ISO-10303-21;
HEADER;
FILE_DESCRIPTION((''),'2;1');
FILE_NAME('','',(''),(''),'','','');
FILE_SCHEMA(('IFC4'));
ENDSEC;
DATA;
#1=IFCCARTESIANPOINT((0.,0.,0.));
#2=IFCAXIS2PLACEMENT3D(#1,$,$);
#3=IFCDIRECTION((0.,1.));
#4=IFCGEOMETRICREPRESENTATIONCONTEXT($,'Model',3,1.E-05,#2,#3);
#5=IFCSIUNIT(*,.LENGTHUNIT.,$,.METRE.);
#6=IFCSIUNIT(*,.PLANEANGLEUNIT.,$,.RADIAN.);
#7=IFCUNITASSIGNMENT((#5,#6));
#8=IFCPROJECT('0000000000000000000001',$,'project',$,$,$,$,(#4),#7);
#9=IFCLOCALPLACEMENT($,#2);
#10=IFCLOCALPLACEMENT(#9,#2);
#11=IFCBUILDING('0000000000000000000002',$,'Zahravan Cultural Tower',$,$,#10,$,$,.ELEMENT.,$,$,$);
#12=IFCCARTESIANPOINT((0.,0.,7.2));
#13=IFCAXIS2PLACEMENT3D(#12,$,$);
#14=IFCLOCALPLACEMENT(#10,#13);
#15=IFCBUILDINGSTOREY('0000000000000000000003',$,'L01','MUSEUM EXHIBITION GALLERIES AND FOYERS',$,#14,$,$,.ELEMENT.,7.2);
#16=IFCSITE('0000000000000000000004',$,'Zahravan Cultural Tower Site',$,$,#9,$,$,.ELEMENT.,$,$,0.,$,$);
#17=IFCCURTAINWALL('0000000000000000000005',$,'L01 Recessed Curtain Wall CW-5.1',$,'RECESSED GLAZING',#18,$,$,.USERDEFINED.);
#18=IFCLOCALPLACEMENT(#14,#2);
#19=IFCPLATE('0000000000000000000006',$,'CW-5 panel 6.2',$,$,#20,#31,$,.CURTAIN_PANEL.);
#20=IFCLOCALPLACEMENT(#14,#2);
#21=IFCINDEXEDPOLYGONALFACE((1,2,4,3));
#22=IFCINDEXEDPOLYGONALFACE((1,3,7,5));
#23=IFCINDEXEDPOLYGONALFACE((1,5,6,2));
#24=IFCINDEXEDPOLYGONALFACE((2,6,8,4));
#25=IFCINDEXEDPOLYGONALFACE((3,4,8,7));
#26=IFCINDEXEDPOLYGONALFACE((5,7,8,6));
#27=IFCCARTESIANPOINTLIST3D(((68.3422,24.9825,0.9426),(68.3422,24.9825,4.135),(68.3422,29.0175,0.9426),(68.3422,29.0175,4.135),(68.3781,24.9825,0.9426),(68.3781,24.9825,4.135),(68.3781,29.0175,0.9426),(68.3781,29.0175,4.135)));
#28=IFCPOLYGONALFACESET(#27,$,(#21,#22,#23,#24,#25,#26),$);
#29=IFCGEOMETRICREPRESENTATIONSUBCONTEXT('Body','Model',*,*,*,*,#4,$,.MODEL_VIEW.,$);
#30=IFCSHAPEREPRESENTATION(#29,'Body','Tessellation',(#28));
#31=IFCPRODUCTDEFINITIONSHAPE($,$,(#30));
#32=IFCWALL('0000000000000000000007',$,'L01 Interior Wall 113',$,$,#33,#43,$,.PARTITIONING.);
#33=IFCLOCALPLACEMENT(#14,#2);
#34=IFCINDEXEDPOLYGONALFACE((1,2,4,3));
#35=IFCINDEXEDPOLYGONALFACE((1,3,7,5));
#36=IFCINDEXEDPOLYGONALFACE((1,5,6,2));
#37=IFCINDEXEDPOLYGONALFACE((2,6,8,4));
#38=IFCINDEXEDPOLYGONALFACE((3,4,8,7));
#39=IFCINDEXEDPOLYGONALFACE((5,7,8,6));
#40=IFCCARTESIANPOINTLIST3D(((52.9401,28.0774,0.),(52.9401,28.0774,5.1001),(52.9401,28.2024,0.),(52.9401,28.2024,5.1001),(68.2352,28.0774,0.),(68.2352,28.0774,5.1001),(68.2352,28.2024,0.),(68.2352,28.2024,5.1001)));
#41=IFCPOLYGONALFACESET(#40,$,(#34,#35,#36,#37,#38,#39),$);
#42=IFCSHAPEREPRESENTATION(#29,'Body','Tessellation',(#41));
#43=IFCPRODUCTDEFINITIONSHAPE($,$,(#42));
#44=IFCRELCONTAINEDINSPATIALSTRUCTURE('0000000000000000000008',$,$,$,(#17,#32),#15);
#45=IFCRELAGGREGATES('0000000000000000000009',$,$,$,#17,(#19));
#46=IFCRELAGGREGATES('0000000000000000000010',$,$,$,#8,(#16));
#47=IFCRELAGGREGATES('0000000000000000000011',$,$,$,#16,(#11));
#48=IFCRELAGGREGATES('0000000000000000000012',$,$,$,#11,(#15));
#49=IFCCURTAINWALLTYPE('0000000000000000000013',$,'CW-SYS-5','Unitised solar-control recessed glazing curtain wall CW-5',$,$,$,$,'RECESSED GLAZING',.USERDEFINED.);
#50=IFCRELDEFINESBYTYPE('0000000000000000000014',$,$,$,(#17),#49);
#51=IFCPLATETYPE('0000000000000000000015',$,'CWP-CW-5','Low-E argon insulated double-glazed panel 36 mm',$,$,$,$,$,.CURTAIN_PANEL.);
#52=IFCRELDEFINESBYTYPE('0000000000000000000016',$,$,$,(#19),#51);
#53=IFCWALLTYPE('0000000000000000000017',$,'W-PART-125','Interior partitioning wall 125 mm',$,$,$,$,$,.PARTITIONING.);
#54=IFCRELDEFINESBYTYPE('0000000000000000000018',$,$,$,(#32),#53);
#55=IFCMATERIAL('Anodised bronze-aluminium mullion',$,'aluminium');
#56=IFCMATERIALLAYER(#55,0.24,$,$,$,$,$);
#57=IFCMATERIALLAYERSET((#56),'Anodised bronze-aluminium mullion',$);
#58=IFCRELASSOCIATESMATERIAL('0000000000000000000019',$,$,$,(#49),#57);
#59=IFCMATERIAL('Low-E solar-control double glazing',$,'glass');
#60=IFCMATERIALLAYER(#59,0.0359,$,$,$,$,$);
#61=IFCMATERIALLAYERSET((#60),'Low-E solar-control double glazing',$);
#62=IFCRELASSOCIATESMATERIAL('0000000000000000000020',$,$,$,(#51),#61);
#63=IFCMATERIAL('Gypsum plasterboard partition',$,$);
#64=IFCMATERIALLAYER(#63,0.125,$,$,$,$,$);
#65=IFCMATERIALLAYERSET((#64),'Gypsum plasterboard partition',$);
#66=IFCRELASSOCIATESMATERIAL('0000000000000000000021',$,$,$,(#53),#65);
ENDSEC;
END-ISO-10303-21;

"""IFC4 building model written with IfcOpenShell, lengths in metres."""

from ifc_helpers import new_model, si_unit, direction, frame, frame_2d, origin, origin_2d, place, context, subcontext, project, spatial, rectangle, extrude, source, transform, mapped, material, layer, layer_set, type_object, element, aggregate, save


model = new_model("IFC4")

# Units and contexts
model_context = context("Model", 3, precision=1e-05, world=origin(), true_north=direction((0.0, 1.0)))
body_context = subcontext(model_context, "Body", "Model", "MODEL_VIEW")
ifc_project = project(units=[si_unit("LENGTHUNIT", "METRE"), si_unit("PLANEANGLEUNIT", "RADIAN")], contexts=[model_context])

# Site, building, storey
site_placement = place(None, origin())
site = spatial("IfcSite", under=ifc_project, at=site_placement, Name="Zahravan Cultural Tower Site", CompositionType="ELEMENT", RefElevation=0.0)
building_placement = place(site_placement, origin())
building = spatial("IfcBuilding", under=site, at=building_placement, Name="Zahravan Cultural Tower", CompositionType="ELEMENT")
storey_placement = place(building_placement, frame((0.0, 0.0, 7.2)))
storey = spatial("IfcBuildingStorey", under=building, at=storey_placement, Name="L01", Description="MUSEUM EXHIBITION GALLERIES AND FOYERS", CompositionType="ELEMENT", Elevation=7.2)

# Curtain wall, plate
ifc_material_1 = material(Name="Anodised bronze-aluminium mullion", Category="aluminium")
ifc_layer_1 = layer(ifc_material_1, 0.24)
ifc_layer_set_1 = layer_set([ifc_layer_1], Name="Anodised bronze-aluminium mullion")
curtain_wall_type = type_object("IfcCurtainWallType", Name="CW-SYS-5", Description="Unitised solar-control recessed glazing curtain wall CW-5", ElementType="RECESSED GLAZING", PredefinedType="USERDEFINED", material=ifc_layer_set_1)
curtain_wall_placement = place(storey_placement, origin())
curtain_wall = element("IfcCurtainWall", 1, at=curtain_wall_placement, inside=storey, type_object=curtain_wall_type, Name="L01 Recessed Curtain Wall CW-5.1", ObjectType="RECESSED GLAZING", PredefinedType="USERDEFINED")
ifc_material_2 = material(Name="Low-E solar-control double glazing", Category="glass")
ifc_layer_2 = layer(ifc_material_2, 0.0359)
ifc_layer_set_2 = layer_set([ifc_layer_2], Name="Low-E solar-control double glazing")
plate_type = type_object("IfcPlateType", Name="CWP-CW-5", Description="Low-E argon insulated double-glazed panel 36 mm", PredefinedType="CURTAIN_PANEL", material=ifc_layer_set_2)
shared_shape_1 = source(origin(), body_context, "Body", "SweptSolid", [
    extrude(rectangle(XDim=4.0349, YDim=0.0359, at=origin_2d()), origin(), (0.0, 0.0, 1.0), 3.1924),
])
plate_1_placement = place(storey_placement, frame((68.3601, 27.0, 0.9426), z_axis=(0.0, 0.0, 1.0), x_axis=(0.0, -1.0, 0.0)))
plate_1 = element("IfcPlate", 2, at=plate_1_placement, type_object=plate_type, Name="CW-5 panel 6.2", PredefinedType="CURTAIN_PANEL", context=body_context, shape_type="MappedRepresentation", body=[
    mapped(shared_shape_1, transform((0.0, 0.0, 0.0), x_axis=(1.0, 0.0, 0.0), y_axis=(0.0, 1.0, 0.0), z_axis=(0.0, 0.0, 1.0), scale=1.0)),
])
aggregate(curtain_wall, [plate_1])

# Wall
ifc_material_3 = material(Name="Gypsum plasterboard partition")
ifc_layer_3 = layer(ifc_material_3, 0.125)
ifc_layer_set_3 = layer_set([ifc_layer_3], Name="Gypsum plasterboard partition")
wall_type = type_object("IfcWallType", Name="W-PART-125", Description="Interior partitioning wall 125 mm", PredefinedType="PARTITIONING", material=ifc_layer_set_3)
shared_shape_2 = source(origin(), body_context, "Body", "SweptSolid", [
    extrude(rectangle(XDim=15.2952, YDim=0.125, at=frame_2d((7.6475, 0.0))), origin(), (0.0, 0.0, 1.0), 5.1001),
])
wall_placement = place(storey_placement, frame((68.2351, 28.1399, 0.0), z_axis=(0.0, 0.0, 1.0), x_axis=(-1.0, 0.0, 0.0)))
element("IfcWall", 3, at=wall_placement, inside=storey, type_object=wall_type, Name="L01 Interior Wall 113", PredefinedType="PARTITIONING", context=body_context, shape_type="MappedRepresentation", body=[
    mapped(shared_shape_2, transform((0.0, 0.0, 0.0), x_axis=(1.0, 0.0, 0.0), y_axis=(0.0, 1.0, 0.0), z_axis=(0.0, 0.0, 1.0), scale=1.0)),
])

save(model, "model.ifc")
